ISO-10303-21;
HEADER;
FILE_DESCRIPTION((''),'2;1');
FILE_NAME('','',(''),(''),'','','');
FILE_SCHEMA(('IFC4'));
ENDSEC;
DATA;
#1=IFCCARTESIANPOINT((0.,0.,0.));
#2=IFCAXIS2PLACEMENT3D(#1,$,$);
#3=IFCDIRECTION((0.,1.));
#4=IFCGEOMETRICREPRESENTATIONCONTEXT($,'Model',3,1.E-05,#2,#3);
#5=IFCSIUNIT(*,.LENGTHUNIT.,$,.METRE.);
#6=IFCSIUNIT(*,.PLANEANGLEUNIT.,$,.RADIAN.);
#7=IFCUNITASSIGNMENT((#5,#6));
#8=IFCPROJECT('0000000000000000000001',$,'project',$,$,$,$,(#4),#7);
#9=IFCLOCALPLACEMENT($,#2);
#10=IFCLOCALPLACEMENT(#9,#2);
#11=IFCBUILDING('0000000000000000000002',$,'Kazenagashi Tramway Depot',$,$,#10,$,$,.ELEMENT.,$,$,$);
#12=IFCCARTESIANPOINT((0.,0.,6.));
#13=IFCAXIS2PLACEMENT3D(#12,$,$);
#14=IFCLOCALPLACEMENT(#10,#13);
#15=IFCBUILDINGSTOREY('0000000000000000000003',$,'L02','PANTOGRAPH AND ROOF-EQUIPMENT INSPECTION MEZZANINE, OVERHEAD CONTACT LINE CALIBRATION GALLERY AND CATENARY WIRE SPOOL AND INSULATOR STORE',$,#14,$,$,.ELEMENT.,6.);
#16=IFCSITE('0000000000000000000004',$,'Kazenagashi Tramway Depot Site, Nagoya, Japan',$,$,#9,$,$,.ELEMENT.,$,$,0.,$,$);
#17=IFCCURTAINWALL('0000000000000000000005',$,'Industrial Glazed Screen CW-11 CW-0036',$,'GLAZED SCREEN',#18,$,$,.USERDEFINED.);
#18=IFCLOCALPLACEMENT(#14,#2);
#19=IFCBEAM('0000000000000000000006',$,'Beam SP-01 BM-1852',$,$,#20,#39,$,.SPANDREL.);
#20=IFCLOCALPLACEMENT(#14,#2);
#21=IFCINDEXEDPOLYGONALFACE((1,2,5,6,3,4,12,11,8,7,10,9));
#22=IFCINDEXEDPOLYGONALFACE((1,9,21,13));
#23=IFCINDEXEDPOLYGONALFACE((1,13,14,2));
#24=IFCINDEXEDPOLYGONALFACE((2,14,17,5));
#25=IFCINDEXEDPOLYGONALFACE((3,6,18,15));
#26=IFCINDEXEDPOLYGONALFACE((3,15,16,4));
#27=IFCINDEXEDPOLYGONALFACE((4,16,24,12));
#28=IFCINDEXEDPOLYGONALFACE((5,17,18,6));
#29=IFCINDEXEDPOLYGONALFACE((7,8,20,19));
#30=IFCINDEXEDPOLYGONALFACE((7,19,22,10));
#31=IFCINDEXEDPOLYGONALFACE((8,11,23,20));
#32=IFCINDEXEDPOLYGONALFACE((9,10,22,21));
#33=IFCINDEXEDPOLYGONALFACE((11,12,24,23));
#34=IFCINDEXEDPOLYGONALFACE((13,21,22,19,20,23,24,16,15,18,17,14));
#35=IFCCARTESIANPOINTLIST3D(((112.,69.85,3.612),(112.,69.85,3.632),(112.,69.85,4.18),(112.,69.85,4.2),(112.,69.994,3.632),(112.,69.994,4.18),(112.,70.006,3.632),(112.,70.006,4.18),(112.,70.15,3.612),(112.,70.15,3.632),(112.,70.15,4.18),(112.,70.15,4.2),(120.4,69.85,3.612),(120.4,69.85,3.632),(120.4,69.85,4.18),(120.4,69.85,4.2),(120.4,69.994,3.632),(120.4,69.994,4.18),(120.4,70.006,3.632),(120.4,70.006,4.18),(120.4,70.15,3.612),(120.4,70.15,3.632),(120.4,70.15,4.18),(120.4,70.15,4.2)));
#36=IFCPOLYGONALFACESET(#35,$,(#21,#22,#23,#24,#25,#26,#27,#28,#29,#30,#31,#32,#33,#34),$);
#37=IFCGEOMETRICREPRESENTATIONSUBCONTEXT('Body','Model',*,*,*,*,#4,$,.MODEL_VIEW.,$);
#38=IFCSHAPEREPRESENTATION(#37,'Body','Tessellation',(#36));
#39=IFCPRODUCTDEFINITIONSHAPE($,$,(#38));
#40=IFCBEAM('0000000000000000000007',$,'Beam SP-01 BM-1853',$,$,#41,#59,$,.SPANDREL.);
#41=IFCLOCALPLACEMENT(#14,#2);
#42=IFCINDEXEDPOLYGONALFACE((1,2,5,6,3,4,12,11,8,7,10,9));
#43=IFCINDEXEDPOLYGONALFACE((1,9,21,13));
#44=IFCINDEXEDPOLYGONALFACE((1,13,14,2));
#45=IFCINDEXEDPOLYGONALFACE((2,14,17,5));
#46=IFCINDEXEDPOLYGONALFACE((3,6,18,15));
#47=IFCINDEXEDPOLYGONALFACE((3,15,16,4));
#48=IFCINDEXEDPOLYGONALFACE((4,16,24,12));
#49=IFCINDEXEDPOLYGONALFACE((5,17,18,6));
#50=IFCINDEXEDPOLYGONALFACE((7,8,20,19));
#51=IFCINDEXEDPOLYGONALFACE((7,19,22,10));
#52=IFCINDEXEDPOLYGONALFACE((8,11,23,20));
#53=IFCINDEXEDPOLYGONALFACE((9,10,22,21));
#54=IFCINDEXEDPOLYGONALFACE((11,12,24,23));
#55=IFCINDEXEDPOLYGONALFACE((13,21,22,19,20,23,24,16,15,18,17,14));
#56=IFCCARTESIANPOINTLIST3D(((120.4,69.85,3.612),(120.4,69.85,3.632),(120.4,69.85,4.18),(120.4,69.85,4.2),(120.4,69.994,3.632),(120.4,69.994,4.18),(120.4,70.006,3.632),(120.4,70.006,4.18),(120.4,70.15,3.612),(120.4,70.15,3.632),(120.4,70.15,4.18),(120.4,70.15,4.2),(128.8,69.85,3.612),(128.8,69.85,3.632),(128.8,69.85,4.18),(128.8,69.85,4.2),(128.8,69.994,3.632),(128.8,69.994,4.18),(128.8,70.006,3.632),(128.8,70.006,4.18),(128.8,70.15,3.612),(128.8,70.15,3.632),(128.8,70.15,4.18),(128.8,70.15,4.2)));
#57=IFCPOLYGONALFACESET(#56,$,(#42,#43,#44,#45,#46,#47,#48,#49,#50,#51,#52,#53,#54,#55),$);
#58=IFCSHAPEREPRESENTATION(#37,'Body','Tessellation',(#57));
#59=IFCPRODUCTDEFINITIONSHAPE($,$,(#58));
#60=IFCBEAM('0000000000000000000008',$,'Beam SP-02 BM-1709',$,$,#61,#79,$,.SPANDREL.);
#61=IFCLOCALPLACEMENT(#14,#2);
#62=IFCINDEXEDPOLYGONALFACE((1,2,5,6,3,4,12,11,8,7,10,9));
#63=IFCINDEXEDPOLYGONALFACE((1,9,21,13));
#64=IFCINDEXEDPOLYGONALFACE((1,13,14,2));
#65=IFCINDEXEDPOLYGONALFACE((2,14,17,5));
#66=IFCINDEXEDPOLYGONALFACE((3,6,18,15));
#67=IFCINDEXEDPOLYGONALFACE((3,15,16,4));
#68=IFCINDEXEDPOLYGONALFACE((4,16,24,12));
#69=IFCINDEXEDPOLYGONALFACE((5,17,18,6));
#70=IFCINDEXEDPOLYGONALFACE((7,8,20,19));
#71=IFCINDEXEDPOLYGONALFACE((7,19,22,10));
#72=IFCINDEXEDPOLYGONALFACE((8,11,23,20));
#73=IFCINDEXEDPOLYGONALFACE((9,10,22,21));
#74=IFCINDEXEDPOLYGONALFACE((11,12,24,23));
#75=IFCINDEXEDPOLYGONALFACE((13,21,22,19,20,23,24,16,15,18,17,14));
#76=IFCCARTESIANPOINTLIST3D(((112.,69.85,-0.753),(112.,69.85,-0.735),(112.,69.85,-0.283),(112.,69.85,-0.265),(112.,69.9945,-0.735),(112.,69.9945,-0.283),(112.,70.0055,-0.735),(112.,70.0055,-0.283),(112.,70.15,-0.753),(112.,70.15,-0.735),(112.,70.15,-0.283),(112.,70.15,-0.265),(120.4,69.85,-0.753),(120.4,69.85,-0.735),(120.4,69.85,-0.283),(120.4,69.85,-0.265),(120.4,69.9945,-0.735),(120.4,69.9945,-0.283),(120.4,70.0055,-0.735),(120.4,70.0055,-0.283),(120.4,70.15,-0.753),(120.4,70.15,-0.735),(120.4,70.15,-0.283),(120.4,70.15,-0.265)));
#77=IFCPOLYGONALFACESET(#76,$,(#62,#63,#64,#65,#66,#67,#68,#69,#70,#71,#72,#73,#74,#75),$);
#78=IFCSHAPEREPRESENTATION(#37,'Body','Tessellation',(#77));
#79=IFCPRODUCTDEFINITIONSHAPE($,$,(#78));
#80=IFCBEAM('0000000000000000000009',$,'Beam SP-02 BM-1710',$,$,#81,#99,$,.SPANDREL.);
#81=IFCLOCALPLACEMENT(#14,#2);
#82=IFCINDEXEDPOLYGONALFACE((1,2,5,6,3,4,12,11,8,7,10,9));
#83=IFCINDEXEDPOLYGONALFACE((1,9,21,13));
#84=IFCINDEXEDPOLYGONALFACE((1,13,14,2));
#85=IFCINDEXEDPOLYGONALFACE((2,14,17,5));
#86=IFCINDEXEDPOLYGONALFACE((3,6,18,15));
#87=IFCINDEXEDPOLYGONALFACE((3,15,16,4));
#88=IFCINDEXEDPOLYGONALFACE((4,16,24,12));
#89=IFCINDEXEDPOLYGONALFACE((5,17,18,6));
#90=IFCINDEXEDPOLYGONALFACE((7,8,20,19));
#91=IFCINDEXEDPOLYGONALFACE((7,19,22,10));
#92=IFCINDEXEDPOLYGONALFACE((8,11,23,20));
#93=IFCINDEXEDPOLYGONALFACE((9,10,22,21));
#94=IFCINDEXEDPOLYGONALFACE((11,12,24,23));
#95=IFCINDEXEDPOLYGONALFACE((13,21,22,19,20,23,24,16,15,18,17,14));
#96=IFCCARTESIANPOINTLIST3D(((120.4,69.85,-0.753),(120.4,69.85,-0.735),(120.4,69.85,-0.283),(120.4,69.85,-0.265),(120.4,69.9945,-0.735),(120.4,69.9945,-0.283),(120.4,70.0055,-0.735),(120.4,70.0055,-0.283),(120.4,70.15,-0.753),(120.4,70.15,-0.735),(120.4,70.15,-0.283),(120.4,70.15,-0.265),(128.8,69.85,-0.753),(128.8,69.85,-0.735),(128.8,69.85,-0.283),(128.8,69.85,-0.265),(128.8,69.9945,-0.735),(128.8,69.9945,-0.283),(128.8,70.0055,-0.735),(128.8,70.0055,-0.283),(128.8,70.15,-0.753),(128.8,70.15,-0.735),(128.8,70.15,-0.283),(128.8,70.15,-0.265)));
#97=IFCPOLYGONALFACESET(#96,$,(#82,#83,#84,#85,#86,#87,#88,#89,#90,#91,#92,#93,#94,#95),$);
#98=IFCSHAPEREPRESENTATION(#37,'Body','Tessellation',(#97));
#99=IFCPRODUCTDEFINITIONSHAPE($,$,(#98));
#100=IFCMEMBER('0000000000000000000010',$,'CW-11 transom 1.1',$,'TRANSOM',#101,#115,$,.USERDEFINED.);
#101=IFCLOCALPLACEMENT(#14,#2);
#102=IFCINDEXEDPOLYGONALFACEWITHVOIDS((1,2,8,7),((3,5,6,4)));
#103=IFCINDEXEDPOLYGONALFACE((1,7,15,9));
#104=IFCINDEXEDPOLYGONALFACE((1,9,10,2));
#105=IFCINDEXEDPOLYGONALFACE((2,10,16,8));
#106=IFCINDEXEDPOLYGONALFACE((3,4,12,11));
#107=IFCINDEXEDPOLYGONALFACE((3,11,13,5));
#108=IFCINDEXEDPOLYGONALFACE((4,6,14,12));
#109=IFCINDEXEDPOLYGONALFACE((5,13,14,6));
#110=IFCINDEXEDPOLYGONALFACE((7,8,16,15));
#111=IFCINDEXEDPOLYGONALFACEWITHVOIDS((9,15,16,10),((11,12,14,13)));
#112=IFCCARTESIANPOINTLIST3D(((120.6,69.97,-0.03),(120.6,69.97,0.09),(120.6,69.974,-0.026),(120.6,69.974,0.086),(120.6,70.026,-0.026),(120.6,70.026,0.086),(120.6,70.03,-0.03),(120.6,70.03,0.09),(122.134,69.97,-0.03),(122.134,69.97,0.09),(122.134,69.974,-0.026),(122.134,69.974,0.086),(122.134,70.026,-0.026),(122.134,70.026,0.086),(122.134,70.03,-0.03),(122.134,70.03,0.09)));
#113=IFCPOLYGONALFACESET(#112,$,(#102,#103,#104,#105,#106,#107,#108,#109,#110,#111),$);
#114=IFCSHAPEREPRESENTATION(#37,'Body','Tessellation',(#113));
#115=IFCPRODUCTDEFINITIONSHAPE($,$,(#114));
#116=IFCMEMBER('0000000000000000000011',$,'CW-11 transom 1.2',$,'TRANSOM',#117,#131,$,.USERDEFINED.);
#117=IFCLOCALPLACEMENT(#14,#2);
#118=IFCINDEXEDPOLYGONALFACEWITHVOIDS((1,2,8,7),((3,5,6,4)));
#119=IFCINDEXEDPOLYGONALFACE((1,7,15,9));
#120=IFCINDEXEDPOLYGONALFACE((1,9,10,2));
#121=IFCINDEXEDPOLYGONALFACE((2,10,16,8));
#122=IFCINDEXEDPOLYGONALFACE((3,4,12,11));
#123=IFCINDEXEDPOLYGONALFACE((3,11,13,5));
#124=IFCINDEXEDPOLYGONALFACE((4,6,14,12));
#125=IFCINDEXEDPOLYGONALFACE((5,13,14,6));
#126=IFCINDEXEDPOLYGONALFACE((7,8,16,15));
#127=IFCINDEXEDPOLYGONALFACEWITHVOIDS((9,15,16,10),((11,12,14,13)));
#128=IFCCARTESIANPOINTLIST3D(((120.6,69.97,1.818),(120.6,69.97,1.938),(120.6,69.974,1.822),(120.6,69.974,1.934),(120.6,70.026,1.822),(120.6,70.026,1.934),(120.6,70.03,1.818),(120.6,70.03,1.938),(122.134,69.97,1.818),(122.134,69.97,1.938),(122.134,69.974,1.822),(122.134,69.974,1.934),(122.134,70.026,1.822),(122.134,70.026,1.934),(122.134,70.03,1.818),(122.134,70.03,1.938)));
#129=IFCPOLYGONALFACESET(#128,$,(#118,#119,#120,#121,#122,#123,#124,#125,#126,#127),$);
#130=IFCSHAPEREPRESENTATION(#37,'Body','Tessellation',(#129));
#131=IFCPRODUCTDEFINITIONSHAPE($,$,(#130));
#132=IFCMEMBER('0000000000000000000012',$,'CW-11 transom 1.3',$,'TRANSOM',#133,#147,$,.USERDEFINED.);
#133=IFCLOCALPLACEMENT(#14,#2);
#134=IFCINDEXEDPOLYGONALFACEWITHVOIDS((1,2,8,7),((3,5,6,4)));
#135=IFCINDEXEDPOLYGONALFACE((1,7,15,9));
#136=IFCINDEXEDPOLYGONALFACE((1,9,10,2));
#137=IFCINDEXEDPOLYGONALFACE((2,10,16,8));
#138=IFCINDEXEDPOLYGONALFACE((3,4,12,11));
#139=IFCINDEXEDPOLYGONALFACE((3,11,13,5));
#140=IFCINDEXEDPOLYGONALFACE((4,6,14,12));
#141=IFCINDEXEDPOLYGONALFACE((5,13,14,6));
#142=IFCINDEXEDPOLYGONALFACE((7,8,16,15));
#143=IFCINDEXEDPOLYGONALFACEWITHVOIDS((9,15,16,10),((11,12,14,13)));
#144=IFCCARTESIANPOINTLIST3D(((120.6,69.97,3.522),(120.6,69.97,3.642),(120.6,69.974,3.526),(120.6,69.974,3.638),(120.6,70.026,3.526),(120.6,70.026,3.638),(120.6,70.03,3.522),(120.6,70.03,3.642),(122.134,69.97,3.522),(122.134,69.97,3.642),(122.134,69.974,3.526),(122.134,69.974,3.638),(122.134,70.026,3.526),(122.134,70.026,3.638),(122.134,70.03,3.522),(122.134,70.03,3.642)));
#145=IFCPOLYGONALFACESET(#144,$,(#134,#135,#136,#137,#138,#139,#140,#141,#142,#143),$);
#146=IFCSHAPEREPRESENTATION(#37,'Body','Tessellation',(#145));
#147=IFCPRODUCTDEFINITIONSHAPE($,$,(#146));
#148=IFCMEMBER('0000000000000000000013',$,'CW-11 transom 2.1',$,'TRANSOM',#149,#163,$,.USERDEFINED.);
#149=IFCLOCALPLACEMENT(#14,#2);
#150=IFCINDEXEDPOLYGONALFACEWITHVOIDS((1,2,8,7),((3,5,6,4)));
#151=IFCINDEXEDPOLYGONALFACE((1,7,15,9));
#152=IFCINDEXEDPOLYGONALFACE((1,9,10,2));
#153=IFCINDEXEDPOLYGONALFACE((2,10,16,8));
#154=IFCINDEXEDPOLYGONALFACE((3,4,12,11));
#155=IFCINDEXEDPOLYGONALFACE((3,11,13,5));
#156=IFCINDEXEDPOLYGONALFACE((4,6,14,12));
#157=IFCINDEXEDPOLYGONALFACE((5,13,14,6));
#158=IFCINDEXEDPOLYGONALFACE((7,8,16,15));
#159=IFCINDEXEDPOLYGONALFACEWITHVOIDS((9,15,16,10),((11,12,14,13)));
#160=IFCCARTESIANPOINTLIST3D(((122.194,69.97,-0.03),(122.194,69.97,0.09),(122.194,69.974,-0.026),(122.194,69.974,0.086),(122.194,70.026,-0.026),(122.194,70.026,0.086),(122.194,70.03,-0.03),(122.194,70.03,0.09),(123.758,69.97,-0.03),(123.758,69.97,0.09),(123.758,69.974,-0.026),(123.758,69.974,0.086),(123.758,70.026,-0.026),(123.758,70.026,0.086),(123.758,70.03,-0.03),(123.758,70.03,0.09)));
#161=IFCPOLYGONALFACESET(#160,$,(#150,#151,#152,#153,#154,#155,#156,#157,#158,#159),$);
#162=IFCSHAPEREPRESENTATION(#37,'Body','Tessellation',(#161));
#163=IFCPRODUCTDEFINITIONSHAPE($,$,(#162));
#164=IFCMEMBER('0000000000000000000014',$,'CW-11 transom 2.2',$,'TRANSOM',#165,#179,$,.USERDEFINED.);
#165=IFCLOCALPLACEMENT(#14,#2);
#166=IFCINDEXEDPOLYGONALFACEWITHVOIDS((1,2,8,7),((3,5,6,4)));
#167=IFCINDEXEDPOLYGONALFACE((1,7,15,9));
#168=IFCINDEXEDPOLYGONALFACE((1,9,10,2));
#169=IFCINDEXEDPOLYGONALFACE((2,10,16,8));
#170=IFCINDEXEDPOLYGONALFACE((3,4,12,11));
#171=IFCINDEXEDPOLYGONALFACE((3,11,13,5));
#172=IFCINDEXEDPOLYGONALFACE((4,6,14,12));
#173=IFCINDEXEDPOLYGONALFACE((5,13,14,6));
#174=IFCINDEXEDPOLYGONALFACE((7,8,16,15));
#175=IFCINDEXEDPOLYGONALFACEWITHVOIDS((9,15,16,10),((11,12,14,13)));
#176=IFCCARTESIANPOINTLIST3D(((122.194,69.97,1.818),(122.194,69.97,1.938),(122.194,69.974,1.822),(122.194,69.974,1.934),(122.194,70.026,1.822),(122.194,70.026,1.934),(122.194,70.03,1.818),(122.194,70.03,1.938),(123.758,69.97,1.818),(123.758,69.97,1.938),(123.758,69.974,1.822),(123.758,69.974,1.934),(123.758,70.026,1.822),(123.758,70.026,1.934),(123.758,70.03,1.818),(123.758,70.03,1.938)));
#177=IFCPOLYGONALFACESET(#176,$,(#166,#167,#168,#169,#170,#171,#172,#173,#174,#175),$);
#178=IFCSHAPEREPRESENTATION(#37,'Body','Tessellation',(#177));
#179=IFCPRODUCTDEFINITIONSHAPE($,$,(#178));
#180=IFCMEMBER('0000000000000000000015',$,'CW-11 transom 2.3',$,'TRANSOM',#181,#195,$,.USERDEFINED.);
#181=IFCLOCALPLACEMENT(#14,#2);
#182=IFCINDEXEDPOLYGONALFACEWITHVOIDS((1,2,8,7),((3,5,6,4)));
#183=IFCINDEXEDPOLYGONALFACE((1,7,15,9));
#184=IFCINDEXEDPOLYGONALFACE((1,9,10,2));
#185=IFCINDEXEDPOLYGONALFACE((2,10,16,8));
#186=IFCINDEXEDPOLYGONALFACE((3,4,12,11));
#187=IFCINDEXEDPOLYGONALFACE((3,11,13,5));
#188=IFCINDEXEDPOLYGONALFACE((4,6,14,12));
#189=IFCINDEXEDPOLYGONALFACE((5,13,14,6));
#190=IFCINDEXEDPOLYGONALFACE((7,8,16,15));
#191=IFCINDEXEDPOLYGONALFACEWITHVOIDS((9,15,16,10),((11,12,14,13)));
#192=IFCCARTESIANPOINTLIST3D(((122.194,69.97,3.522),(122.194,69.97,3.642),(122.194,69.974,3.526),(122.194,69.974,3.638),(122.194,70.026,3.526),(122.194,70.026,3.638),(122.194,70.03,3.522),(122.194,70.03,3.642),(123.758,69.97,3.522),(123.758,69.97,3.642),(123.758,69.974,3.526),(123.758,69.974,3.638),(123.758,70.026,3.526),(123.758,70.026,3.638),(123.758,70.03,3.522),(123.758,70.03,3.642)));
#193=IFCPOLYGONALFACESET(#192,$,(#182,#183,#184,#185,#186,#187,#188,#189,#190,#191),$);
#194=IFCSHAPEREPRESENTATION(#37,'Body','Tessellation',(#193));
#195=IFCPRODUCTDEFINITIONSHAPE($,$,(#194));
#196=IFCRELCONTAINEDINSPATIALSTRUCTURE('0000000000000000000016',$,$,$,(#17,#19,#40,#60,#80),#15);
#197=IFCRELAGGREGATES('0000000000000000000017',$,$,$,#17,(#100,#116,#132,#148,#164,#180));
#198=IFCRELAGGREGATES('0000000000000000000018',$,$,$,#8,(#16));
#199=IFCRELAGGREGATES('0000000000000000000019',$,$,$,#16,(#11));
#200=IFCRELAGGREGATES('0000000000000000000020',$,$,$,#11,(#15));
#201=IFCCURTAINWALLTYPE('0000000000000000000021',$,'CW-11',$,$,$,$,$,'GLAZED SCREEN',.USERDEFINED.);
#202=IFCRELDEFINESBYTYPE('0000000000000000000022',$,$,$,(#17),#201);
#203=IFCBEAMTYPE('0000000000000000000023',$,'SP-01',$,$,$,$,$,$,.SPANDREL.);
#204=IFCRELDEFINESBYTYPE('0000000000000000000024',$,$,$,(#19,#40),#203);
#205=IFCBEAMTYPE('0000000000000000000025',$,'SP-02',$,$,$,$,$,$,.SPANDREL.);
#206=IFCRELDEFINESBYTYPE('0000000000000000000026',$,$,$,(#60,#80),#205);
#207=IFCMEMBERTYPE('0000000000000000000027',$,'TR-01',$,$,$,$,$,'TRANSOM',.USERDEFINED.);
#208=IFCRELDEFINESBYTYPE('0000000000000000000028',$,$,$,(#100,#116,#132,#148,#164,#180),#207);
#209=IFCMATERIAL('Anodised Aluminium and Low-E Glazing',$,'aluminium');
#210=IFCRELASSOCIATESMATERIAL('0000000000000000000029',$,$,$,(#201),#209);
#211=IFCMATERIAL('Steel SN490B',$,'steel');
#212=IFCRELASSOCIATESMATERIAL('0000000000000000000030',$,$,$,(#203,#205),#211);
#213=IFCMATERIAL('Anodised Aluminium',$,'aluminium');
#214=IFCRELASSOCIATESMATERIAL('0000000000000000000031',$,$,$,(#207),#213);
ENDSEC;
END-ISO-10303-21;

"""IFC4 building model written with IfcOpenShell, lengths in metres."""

from ifc_helpers import new_model, si_unit, direction, frame, origin, origin_2d, place, context, subcontext, project, spatial, hollow_rectangle, i_section, extrude, material, material_profile, profile_set, type_object, element, aggregate, save


model = new_model("IFC4")

# Units and contexts
model_context = context("Model", 3, precision=1e-05, world=origin(), true_north=direction((0.0, 1.0)))
body_context = subcontext(model_context, "Body", "Model", "MODEL_VIEW")
ifc_project = project(units=[si_unit("LENGTHUNIT", "METRE"), si_unit("PLANEANGLEUNIT", "RADIAN")], contexts=[model_context])

# Site, building, storey
site_placement = place(None, origin())
site = spatial("IfcSite", under=ifc_project, at=site_placement, Name="Kazenagashi Tramway Depot Site, Nagoya, Japan", CompositionType="ELEMENT", RefElevation=0.0)
building_placement = place(site_placement, origin())
building = spatial("IfcBuilding", under=site, at=building_placement, Name="Kazenagashi Tramway Depot", CompositionType="ELEMENT")
storey_placement = place(building_placement, frame((0.0, 0.0, 6.0)))
storey = spatial("IfcBuildingStorey", under=building, at=storey_placement, Name="L02", Description="PANTOGRAPH AND ROOF-EQUIPMENT INSPECTION MEZZANINE, OVERHEAD CONTACT LINE CALIBRATION GALLERY AND CATENARY WIRE SPOOL AND INSULATOR STORE", CompositionType="ELEMENT", Elevation=6.0)

# Shared definitions
ifc_material_1 = material(Name="Steel SN490B", Category="steel")

# Shared definitions
ifc_material_2 = material(Name="Anodised Aluminium and Low-E Glazing", Category="aluminium")
curtain_wall_type_1 = type_object("IfcCurtainWallType", Name="CW-11", ElementType="GLAZED SCREEN", PredefinedType="USERDEFINED", material=ifc_material_2)
ifc_material_3 = material(Name="Anodised Aluminium", Category="aluminium")

# Curtain wall
curtain_wall_1_placement = place(storey_placement, origin())
curtain_wall_1 = element("IfcCurtainWall", 1, at=curtain_wall_1_placement, inside=storey, type_object=curtain_wall_type_1, Name="Industrial Glazed Screen CW-11 CW-0036", ObjectType="GLAZED SCREEN", PredefinedType="USERDEFINED")

# Beams
ifc_material_profile_1 = material_profile(ifc_material_1, i_section(OverallWidth=0.3, OverallDepth=0.588, WebThickness=0.012, FlangeThickness=0.02, at=origin_2d()), Name="H-588x300x12x20")
ifc_profile_set_1 = profile_set([ifc_material_profile_1], Name="Steel SN490B")
beam_type_1 = type_object("IfcBeamType", Name="SP-01", PredefinedType="SPANDREL", material=ifc_profile_set_1)
for number, where, z_axis, x_axis, name in (
    (2, (112.0, 70.0, 3.906), (1.0, 0.0, 0.0), (0.0, 1.0, 0.0), "Beam SP-01 BM-1852"),
    (3, (120.4, 70.0, 3.906), (1.0, 0.0, 0.0), (0.0, 1.0, 0.0), "Beam SP-01 BM-1853"),
):
    element("IfcBeam", number, at=place(storey_placement, frame(where, z_axis=z_axis, x_axis=x_axis)), inside=storey, type_object=beam_type_1, Name=name, PredefinedType="SPANDREL", context=body_context, shape_type="SweptSolid", body=[
        extrude(i_section(OverallWidth=0.3, OverallDepth=0.588, WebThickness=0.012, FlangeThickness=0.02, at=origin_2d()), origin(), (0.0, 0.0, 1.0), 8.4),
    ])
ifc_material_profile_2 = material_profile(ifc_material_1, i_section(OverallWidth=0.3, OverallDepth=0.488, WebThickness=0.011, FlangeThickness=0.018, at=origin_2d()), Name="H-488x300x11x18")
ifc_profile_set_2 = profile_set([ifc_material_profile_2], Name="Steel SN490B")
beam_type_2 = type_object("IfcBeamType", Name="SP-02", PredefinedType="SPANDREL", material=ifc_profile_set_2)
for number, where, z_axis, x_axis, name in (
    (4, (112.0, 70.0, -0.509), (1.0, 0.0, 0.0), (0.0, 1.0, 0.0), "Beam SP-02 BM-1709"),
    (5, (120.4, 70.0, -0.509), (1.0, 0.0, 0.0), (0.0, 1.0, 0.0), "Beam SP-02 BM-1710"),
):
    element("IfcBeam", number, at=place(storey_placement, frame(where, z_axis=z_axis, x_axis=x_axis)), inside=storey, type_object=beam_type_2, Name=name, PredefinedType="SPANDREL", context=body_context, shape_type="SweptSolid", body=[
        extrude(i_section(OverallWidth=0.3, OverallDepth=0.488, WebThickness=0.011, FlangeThickness=0.018, at=origin_2d()), origin(), (0.0, 0.0, 1.0), 8.4),
    ])

# Members
ifc_material_profile_3 = material_profile(ifc_material_3, hollow_rectangle(XDim=0.06, YDim=0.12, WallThickness=0.004, at=origin_2d()), Name="RHS-120x60x4")
ifc_profile_set_3 = profile_set([ifc_material_profile_3], Name="Anodised Aluminium")
member_type_1 = type_object("IfcMemberType", Name="TR-01", ElementType="TRANSOM", PredefinedType="USERDEFINED", material=ifc_profile_set_3)
member_1_placement = place(storey_placement, frame((120.6, 70.0, 0.03), z_axis=(1.0, 0.0, 0.0), x_axis=(0.0, 1.0, 0.0)))
member_1 = element("IfcMember", 6, at=member_1_placement, type_object=member_type_1, Name="CW-11 transom 1.1", ObjectType="TRANSOM", PredefinedType="USERDEFINED", context=body_context, shape_type="SweptSolid", body=[
    extrude(hollow_rectangle(XDim=0.06, YDim=0.12, WallThickness=0.004, at=origin_2d()), origin(), (0.0, 0.0, 1.0), 1.534),
])
member_2_placement = place(storey_placement, frame((120.6, 70.0, 1.878), z_axis=(1.0, 0.0, 0.0), x_axis=(0.0, 1.0, 0.0)))
member_2 = element("IfcMember", 7, at=member_2_placement, type_object=member_type_1, Name="CW-11 transom 1.2", ObjectType="TRANSOM", PredefinedType="USERDEFINED", context=body_context, shape_type="SweptSolid", body=[
    extrude(hollow_rectangle(XDim=0.06, YDim=0.12, WallThickness=0.004, at=origin_2d()), origin(), (0.0, 0.0, 1.0), 1.534),
])
member_3_placement = place(storey_placement, frame((120.6, 70.0, 3.582), z_axis=(1.0, 0.0, 0.0), x_axis=(0.0, 1.0, 0.0)))
member_3 = element("IfcMember", 8, at=member_3_placement, type_object=member_type_1, Name="CW-11 transom 1.3", ObjectType="TRANSOM", PredefinedType="USERDEFINED", context=body_context, shape_type="SweptSolid", body=[
    extrude(hollow_rectangle(XDim=0.06, YDim=0.12, WallThickness=0.004, at=origin_2d()), origin(), (0.0, 0.0, 1.0), 1.534),
])
member_4_placement = place(storey_placement, frame((122.194, 70.0, 0.03), z_axis=(1.0, 0.0, 0.0), x_axis=(0.0, 1.0, 0.0)))
member_4 = element("IfcMember", 9, at=member_4_placement, type_object=member_type_1, Name="CW-11 transom 2.1", ObjectType="TRANSOM", PredefinedType="USERDEFINED", context=body_context, shape_type="SweptSolid", body=[
    extrude(hollow_rectangle(XDim=0.06, YDim=0.12, WallThickness=0.004, at=origin_2d()), origin(), (0.0, 0.0, 1.0), 1.564),
])
member_5_placement = place(storey_placement, frame((122.194, 70.0, 1.878), z_axis=(1.0, 0.0, 0.0), x_axis=(0.0, 1.0, 0.0)))
member_5 = element("IfcMember", 10, at=member_5_placement, type_object=member_type_1, Name="CW-11 transom 2.2", ObjectType="TRANSOM", PredefinedType="USERDEFINED", context=body_context, shape_type="SweptSolid", body=[
    extrude(hollow_rectangle(XDim=0.06, YDim=0.12, WallThickness=0.004, at=origin_2d()), origin(), (0.0, 0.0, 1.0), 1.564),
])
member_6_placement = place(storey_placement, frame((122.194, 70.0, 3.582), z_axis=(1.0, 0.0, 0.0), x_axis=(0.0, 1.0, 0.0)))
member_6 = element("IfcMember", 11, at=member_6_placement, type_object=member_type_1, Name="CW-11 transom 2.3", ObjectType="TRANSOM", PredefinedType="USERDEFINED", context=body_context, shape_type="SweptSolid", body=[
    extrude(hollow_rectangle(XDim=0.06, YDim=0.12, WallThickness=0.004, at=origin_2d()), origin(), (0.0, 0.0, 1.0), 1.564),
])

aggregate(curtain_wall_1, [member_1, member_2, member_3, member_4, member_5, member_6])

save(model, "model.ifc")
